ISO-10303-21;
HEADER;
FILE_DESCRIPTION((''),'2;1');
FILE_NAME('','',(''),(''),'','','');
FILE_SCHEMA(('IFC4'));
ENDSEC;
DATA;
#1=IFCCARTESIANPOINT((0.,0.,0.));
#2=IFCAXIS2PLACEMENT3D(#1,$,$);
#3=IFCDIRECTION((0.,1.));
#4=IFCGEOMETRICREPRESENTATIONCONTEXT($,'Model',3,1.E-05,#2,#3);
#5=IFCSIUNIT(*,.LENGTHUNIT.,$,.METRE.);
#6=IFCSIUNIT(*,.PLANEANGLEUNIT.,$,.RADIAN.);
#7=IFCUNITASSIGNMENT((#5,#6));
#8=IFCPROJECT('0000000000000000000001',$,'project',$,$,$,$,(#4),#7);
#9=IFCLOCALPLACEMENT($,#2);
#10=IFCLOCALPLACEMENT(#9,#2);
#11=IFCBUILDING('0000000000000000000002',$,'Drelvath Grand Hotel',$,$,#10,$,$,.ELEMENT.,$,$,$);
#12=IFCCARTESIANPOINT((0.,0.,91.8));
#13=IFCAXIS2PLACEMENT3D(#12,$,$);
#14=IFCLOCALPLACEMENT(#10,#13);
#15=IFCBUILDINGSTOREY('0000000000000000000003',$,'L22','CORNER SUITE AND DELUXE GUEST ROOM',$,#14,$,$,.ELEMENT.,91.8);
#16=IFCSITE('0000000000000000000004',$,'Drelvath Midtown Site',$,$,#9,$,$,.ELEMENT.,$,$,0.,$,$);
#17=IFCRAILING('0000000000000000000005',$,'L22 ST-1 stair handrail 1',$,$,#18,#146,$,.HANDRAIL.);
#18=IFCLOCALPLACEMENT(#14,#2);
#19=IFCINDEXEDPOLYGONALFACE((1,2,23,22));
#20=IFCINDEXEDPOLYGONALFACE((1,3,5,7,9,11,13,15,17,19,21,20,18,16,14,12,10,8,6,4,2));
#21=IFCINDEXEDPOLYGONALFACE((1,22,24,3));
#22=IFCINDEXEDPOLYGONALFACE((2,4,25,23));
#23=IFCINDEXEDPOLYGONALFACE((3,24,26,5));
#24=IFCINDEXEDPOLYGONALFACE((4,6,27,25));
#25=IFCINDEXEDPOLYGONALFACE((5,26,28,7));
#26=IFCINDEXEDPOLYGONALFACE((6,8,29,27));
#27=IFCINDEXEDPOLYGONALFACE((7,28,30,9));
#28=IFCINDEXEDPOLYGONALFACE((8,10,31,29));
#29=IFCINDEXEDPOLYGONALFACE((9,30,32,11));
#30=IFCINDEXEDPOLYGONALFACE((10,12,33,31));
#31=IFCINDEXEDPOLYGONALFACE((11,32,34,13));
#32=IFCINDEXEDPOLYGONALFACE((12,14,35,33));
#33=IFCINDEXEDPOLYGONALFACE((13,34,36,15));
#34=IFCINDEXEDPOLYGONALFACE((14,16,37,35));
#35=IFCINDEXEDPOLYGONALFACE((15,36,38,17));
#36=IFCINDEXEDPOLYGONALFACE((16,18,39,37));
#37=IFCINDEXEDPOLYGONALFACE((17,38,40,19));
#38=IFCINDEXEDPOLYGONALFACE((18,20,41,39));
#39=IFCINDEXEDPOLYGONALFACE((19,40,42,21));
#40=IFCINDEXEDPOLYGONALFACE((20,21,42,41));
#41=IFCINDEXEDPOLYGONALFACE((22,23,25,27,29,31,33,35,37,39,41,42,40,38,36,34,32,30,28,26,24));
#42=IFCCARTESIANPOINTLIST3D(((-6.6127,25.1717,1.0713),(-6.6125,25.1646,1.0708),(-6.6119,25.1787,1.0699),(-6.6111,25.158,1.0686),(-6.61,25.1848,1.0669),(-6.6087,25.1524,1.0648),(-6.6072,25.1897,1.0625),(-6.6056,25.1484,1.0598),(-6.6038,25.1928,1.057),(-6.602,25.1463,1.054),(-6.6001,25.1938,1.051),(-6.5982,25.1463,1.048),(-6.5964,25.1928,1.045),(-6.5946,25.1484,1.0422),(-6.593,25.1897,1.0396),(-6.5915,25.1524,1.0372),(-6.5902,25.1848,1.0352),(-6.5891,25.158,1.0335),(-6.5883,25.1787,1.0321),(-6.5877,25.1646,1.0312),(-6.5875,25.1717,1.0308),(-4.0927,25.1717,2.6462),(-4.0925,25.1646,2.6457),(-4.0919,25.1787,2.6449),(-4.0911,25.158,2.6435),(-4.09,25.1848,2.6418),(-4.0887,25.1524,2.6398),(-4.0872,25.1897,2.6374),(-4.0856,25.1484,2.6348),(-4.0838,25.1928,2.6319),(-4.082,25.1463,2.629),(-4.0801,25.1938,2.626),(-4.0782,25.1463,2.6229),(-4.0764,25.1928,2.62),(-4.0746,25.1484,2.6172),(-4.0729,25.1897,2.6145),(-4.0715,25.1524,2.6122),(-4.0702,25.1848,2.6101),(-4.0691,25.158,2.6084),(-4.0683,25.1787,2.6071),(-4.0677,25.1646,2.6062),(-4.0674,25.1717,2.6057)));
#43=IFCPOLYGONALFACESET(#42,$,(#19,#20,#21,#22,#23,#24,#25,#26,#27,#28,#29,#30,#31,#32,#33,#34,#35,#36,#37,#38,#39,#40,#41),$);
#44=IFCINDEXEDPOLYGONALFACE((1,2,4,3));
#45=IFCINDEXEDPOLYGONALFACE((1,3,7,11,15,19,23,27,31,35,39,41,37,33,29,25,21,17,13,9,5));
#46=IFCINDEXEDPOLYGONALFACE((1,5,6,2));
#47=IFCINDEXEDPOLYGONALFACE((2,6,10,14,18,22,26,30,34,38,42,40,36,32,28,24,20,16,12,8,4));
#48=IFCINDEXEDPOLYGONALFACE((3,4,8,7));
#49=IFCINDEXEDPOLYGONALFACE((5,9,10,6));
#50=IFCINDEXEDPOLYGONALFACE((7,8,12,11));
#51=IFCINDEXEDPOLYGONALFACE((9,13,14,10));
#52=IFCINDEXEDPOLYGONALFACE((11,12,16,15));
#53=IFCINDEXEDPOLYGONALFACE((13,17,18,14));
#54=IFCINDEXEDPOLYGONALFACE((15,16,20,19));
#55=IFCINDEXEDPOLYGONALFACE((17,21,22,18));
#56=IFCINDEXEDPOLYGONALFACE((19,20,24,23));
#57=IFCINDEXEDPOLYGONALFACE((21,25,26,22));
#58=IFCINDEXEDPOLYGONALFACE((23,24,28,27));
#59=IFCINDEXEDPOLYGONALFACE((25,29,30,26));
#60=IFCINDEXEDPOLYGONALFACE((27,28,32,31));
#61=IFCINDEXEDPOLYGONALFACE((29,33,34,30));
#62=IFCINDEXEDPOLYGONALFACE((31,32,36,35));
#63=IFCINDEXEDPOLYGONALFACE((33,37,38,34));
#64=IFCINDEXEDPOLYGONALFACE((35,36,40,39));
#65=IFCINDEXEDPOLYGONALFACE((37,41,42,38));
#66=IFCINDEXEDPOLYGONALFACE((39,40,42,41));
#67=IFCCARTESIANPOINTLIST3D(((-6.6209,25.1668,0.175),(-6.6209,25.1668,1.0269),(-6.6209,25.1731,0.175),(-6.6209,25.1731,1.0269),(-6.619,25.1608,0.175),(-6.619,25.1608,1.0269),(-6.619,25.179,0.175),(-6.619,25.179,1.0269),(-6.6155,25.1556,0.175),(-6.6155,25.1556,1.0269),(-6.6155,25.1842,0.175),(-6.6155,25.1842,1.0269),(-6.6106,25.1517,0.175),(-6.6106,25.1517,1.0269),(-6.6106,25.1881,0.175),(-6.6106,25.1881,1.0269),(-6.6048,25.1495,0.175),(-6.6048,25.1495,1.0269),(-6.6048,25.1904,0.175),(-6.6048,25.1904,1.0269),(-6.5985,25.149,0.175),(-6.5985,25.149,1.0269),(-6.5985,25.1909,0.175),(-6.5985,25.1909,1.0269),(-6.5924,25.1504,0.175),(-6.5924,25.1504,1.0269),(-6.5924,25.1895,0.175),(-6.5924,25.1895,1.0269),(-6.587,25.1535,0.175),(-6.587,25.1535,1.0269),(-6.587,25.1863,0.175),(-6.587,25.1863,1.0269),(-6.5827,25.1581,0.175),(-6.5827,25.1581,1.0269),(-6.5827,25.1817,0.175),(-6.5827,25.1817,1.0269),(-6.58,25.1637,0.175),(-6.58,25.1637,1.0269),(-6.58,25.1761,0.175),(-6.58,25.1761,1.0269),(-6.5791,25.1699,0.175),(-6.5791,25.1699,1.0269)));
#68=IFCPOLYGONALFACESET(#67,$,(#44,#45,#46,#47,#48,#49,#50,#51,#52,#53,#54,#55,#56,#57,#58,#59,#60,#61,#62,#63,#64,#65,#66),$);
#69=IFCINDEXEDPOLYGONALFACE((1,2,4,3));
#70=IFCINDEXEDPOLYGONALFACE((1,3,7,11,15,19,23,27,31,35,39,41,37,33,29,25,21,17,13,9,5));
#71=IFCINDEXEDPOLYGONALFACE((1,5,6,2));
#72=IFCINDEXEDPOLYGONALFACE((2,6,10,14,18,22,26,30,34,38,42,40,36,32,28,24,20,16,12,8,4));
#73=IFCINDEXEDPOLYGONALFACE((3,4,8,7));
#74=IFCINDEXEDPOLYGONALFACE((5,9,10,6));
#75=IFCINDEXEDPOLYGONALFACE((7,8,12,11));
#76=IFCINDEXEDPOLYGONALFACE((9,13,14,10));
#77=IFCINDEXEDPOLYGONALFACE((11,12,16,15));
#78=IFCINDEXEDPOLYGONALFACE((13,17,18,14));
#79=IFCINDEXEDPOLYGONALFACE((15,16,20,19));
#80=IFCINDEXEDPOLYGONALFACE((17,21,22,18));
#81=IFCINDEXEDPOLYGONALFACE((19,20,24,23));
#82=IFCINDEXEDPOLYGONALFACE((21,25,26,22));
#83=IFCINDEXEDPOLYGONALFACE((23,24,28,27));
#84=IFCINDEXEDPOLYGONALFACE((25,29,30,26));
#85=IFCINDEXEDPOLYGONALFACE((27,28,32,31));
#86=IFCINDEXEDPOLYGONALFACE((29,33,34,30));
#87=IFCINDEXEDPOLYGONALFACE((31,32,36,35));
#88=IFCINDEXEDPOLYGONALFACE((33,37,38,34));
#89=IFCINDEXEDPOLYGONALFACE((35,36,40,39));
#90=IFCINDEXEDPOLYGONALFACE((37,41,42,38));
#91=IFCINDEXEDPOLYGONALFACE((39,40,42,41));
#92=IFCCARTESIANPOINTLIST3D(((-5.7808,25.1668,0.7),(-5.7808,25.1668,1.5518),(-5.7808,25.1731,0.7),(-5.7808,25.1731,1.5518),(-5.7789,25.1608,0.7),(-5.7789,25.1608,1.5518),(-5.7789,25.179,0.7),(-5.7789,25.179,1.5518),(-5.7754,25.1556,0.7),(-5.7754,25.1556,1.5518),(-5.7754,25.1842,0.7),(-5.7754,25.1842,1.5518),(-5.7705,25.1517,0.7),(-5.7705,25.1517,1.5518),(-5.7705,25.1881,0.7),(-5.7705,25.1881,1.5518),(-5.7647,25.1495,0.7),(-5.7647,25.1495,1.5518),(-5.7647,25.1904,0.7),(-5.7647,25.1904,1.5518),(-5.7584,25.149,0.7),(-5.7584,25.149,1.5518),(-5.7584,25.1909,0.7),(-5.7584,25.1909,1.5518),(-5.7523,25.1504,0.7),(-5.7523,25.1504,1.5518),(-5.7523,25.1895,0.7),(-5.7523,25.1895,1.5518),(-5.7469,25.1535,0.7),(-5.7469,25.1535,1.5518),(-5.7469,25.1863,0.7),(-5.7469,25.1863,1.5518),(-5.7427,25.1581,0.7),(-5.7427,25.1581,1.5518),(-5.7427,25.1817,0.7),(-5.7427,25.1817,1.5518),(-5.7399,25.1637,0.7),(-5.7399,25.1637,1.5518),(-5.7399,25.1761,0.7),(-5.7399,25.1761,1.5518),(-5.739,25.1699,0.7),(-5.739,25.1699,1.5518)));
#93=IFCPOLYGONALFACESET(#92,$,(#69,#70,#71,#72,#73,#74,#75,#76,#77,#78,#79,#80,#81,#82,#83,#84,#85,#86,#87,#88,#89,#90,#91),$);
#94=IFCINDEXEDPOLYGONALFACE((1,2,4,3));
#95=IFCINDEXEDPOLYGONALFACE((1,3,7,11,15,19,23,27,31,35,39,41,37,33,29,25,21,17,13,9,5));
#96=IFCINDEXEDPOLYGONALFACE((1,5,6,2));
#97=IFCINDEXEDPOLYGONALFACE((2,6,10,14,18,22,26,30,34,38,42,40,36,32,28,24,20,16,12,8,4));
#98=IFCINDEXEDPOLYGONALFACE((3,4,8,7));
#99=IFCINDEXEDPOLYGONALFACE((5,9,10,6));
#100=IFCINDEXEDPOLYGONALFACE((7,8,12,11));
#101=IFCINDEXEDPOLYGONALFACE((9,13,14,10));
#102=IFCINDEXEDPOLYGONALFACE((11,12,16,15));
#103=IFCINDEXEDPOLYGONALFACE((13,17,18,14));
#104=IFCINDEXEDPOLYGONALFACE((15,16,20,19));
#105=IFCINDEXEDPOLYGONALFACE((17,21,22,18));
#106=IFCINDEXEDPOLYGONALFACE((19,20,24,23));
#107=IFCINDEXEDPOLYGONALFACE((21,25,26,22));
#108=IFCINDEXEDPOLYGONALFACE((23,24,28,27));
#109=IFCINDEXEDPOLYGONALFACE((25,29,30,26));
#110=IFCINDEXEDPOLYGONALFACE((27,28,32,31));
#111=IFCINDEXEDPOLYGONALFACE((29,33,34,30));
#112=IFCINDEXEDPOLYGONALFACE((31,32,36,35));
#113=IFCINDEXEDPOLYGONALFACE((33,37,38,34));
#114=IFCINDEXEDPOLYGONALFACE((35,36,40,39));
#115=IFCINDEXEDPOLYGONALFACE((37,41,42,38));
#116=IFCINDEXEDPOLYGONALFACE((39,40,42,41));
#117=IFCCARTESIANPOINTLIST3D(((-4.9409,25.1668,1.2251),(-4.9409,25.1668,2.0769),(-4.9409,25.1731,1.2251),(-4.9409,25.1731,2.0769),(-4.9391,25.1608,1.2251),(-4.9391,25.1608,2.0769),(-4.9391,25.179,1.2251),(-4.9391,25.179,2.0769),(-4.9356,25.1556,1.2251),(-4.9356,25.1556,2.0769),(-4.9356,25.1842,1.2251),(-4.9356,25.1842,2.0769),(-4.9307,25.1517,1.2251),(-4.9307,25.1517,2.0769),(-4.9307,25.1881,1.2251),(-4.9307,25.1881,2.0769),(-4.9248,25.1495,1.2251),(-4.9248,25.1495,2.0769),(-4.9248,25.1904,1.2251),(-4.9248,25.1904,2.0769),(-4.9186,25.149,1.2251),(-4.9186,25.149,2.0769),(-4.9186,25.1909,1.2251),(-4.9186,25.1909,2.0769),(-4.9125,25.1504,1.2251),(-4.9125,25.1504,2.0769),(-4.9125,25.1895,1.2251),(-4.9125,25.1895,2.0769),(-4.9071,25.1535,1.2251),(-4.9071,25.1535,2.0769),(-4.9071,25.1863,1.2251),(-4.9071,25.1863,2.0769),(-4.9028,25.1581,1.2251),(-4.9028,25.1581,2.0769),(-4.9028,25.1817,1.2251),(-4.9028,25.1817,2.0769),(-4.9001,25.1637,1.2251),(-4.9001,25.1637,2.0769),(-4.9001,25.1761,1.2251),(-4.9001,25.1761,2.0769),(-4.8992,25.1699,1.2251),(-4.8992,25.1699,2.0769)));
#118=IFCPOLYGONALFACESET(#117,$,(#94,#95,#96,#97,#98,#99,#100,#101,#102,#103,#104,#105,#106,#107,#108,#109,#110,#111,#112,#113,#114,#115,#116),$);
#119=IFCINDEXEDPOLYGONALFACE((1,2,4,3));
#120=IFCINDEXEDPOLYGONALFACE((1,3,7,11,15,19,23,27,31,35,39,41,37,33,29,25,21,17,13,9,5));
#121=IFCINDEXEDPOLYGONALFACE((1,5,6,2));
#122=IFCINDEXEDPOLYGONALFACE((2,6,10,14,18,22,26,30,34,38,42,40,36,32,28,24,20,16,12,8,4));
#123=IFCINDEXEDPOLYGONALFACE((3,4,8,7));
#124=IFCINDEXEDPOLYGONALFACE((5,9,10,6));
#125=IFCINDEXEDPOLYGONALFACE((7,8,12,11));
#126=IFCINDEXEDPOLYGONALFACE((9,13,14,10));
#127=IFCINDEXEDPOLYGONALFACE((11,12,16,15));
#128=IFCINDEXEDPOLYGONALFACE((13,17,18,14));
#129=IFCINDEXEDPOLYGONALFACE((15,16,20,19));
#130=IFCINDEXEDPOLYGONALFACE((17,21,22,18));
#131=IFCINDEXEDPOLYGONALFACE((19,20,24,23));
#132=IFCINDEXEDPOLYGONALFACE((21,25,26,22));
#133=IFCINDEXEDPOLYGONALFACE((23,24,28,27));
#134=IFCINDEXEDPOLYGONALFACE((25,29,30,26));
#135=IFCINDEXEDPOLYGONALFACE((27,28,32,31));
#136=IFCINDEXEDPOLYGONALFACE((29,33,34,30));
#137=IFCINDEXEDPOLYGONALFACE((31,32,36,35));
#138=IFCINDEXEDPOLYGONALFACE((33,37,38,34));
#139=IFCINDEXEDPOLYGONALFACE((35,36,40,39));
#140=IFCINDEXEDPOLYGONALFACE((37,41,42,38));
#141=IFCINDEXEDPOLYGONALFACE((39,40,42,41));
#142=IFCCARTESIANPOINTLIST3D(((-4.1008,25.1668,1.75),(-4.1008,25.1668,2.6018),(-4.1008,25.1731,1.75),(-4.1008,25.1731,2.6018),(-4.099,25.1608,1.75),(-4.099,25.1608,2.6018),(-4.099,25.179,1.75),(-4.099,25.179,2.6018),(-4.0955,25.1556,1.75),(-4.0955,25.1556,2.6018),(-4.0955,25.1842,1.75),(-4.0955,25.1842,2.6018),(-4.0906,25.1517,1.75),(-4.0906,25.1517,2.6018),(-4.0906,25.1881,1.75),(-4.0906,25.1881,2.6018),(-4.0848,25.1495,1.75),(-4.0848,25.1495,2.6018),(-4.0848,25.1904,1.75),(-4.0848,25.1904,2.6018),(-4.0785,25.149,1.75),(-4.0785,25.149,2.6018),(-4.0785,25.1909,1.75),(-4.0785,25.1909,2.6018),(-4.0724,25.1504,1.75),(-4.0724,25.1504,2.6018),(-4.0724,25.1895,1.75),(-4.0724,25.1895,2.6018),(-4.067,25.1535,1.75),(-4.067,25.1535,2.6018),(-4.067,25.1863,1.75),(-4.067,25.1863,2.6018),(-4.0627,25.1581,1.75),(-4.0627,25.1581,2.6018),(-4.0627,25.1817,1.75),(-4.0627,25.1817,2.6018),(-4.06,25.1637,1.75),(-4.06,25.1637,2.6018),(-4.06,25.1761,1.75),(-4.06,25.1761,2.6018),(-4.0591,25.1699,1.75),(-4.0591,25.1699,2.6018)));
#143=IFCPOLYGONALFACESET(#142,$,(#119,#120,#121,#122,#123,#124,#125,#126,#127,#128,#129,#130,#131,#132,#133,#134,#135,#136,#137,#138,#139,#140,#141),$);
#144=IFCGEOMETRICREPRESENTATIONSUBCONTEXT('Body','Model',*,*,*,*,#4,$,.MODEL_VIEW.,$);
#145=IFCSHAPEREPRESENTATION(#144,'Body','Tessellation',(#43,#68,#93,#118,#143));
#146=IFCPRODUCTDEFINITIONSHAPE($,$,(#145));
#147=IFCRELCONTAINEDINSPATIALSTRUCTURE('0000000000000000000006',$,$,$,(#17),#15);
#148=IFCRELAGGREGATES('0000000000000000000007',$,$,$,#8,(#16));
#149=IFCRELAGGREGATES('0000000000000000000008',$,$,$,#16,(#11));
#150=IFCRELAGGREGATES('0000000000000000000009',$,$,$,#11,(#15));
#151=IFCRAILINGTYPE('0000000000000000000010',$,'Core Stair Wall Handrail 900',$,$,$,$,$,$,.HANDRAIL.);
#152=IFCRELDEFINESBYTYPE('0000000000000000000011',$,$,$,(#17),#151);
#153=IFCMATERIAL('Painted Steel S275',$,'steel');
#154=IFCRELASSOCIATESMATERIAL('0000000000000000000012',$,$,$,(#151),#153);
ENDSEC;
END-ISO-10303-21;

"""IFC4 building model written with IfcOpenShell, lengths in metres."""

from ifc_helpers import new_model, si_unit, direction, frame, origin, origin_2d, place, context, subcontext, project, spatial, circle, extrude, material, type_object, element, save


model = new_model("IFC4")

# Units and contexts
model_context = context("Model", 3, precision=1e-05, world=origin(), true_north=direction((0.0, 1.0)))
body_context = subcontext(model_context, "Body", "Model", "MODEL_VIEW")
ifc_project = project(units=[si_unit("LENGTHUNIT", "METRE"), si_unit("PLANEANGLEUNIT", "RADIAN")], contexts=[model_context])

# Site, building, storey
site_placement = place(None, origin())
site = spatial("IfcSite", under=ifc_project, at=site_placement, Name="Drelvath Midtown Site", CompositionType="ELEMENT", RefElevation=0.0)
building_placement = place(site_placement, origin())
building = spatial("IfcBuilding", under=site, at=building_placement, Name="Drelvath Grand Hotel", CompositionType="ELEMENT")
storey_placement = place(building_placement, frame((0.0, 0.0, 91.8)))
storey = spatial("IfcBuildingStorey", under=building, at=storey_placement, Name="L22", Description="CORNER SUITE AND DELUXE GUEST ROOM", CompositionType="ELEMENT", Elevation=91.8)

# Shared definitions
ifc_material_1 = material(Name="Painted Steel S275", Category="steel")

# Railing
railing_type_1 = type_object("IfcRailingType", Name="Core Stair Wall Handrail 900", PredefinedType="HANDRAIL", material=ifc_material_1)
railing_1_placement = place(storey_placement, frame((-6.6001, 25.1699, 0.175)))
element("IfcRailing", 1, at=railing_1_placement, inside=storey, type_object=railing_type_1, Name="L22 ST-1 stair handrail 1", PredefinedType="HANDRAIL", context=body_context, shape_type="SweptSolid", body=[
    extrude(circle(Radius=0.0239, at=origin_2d()), frame((0.0, 0.0, 0.876), z_axis=(0.848008, 0.0, 0.529984), x_axis=(0.0, 1.0, 0.0)), (0.0, 0.0, 1.0), 2.9717),
    extrude(circle(Radius=0.021, at=origin_2d()), origin(), (0.0, 0.0, 1.0), 0.8518),
    extrude(circle(Radius=0.021, at=origin_2d()), frame((0.8401, 0.0, 0.5249)), (0.0, 0.0, 1.0), 0.8518),
    extrude(circle(Radius=0.021, at=origin_2d()), frame((1.6799, 0.0, 1.05)), (0.0, 0.0, 1.0), 0.8518),
    extrude(circle(Radius=0.021, at=origin_2d()), frame((2.52, 0.0, 1.575)), (0.0, 0.0, 1.0), 0.8518),
])

save(model, "model.ifc")
